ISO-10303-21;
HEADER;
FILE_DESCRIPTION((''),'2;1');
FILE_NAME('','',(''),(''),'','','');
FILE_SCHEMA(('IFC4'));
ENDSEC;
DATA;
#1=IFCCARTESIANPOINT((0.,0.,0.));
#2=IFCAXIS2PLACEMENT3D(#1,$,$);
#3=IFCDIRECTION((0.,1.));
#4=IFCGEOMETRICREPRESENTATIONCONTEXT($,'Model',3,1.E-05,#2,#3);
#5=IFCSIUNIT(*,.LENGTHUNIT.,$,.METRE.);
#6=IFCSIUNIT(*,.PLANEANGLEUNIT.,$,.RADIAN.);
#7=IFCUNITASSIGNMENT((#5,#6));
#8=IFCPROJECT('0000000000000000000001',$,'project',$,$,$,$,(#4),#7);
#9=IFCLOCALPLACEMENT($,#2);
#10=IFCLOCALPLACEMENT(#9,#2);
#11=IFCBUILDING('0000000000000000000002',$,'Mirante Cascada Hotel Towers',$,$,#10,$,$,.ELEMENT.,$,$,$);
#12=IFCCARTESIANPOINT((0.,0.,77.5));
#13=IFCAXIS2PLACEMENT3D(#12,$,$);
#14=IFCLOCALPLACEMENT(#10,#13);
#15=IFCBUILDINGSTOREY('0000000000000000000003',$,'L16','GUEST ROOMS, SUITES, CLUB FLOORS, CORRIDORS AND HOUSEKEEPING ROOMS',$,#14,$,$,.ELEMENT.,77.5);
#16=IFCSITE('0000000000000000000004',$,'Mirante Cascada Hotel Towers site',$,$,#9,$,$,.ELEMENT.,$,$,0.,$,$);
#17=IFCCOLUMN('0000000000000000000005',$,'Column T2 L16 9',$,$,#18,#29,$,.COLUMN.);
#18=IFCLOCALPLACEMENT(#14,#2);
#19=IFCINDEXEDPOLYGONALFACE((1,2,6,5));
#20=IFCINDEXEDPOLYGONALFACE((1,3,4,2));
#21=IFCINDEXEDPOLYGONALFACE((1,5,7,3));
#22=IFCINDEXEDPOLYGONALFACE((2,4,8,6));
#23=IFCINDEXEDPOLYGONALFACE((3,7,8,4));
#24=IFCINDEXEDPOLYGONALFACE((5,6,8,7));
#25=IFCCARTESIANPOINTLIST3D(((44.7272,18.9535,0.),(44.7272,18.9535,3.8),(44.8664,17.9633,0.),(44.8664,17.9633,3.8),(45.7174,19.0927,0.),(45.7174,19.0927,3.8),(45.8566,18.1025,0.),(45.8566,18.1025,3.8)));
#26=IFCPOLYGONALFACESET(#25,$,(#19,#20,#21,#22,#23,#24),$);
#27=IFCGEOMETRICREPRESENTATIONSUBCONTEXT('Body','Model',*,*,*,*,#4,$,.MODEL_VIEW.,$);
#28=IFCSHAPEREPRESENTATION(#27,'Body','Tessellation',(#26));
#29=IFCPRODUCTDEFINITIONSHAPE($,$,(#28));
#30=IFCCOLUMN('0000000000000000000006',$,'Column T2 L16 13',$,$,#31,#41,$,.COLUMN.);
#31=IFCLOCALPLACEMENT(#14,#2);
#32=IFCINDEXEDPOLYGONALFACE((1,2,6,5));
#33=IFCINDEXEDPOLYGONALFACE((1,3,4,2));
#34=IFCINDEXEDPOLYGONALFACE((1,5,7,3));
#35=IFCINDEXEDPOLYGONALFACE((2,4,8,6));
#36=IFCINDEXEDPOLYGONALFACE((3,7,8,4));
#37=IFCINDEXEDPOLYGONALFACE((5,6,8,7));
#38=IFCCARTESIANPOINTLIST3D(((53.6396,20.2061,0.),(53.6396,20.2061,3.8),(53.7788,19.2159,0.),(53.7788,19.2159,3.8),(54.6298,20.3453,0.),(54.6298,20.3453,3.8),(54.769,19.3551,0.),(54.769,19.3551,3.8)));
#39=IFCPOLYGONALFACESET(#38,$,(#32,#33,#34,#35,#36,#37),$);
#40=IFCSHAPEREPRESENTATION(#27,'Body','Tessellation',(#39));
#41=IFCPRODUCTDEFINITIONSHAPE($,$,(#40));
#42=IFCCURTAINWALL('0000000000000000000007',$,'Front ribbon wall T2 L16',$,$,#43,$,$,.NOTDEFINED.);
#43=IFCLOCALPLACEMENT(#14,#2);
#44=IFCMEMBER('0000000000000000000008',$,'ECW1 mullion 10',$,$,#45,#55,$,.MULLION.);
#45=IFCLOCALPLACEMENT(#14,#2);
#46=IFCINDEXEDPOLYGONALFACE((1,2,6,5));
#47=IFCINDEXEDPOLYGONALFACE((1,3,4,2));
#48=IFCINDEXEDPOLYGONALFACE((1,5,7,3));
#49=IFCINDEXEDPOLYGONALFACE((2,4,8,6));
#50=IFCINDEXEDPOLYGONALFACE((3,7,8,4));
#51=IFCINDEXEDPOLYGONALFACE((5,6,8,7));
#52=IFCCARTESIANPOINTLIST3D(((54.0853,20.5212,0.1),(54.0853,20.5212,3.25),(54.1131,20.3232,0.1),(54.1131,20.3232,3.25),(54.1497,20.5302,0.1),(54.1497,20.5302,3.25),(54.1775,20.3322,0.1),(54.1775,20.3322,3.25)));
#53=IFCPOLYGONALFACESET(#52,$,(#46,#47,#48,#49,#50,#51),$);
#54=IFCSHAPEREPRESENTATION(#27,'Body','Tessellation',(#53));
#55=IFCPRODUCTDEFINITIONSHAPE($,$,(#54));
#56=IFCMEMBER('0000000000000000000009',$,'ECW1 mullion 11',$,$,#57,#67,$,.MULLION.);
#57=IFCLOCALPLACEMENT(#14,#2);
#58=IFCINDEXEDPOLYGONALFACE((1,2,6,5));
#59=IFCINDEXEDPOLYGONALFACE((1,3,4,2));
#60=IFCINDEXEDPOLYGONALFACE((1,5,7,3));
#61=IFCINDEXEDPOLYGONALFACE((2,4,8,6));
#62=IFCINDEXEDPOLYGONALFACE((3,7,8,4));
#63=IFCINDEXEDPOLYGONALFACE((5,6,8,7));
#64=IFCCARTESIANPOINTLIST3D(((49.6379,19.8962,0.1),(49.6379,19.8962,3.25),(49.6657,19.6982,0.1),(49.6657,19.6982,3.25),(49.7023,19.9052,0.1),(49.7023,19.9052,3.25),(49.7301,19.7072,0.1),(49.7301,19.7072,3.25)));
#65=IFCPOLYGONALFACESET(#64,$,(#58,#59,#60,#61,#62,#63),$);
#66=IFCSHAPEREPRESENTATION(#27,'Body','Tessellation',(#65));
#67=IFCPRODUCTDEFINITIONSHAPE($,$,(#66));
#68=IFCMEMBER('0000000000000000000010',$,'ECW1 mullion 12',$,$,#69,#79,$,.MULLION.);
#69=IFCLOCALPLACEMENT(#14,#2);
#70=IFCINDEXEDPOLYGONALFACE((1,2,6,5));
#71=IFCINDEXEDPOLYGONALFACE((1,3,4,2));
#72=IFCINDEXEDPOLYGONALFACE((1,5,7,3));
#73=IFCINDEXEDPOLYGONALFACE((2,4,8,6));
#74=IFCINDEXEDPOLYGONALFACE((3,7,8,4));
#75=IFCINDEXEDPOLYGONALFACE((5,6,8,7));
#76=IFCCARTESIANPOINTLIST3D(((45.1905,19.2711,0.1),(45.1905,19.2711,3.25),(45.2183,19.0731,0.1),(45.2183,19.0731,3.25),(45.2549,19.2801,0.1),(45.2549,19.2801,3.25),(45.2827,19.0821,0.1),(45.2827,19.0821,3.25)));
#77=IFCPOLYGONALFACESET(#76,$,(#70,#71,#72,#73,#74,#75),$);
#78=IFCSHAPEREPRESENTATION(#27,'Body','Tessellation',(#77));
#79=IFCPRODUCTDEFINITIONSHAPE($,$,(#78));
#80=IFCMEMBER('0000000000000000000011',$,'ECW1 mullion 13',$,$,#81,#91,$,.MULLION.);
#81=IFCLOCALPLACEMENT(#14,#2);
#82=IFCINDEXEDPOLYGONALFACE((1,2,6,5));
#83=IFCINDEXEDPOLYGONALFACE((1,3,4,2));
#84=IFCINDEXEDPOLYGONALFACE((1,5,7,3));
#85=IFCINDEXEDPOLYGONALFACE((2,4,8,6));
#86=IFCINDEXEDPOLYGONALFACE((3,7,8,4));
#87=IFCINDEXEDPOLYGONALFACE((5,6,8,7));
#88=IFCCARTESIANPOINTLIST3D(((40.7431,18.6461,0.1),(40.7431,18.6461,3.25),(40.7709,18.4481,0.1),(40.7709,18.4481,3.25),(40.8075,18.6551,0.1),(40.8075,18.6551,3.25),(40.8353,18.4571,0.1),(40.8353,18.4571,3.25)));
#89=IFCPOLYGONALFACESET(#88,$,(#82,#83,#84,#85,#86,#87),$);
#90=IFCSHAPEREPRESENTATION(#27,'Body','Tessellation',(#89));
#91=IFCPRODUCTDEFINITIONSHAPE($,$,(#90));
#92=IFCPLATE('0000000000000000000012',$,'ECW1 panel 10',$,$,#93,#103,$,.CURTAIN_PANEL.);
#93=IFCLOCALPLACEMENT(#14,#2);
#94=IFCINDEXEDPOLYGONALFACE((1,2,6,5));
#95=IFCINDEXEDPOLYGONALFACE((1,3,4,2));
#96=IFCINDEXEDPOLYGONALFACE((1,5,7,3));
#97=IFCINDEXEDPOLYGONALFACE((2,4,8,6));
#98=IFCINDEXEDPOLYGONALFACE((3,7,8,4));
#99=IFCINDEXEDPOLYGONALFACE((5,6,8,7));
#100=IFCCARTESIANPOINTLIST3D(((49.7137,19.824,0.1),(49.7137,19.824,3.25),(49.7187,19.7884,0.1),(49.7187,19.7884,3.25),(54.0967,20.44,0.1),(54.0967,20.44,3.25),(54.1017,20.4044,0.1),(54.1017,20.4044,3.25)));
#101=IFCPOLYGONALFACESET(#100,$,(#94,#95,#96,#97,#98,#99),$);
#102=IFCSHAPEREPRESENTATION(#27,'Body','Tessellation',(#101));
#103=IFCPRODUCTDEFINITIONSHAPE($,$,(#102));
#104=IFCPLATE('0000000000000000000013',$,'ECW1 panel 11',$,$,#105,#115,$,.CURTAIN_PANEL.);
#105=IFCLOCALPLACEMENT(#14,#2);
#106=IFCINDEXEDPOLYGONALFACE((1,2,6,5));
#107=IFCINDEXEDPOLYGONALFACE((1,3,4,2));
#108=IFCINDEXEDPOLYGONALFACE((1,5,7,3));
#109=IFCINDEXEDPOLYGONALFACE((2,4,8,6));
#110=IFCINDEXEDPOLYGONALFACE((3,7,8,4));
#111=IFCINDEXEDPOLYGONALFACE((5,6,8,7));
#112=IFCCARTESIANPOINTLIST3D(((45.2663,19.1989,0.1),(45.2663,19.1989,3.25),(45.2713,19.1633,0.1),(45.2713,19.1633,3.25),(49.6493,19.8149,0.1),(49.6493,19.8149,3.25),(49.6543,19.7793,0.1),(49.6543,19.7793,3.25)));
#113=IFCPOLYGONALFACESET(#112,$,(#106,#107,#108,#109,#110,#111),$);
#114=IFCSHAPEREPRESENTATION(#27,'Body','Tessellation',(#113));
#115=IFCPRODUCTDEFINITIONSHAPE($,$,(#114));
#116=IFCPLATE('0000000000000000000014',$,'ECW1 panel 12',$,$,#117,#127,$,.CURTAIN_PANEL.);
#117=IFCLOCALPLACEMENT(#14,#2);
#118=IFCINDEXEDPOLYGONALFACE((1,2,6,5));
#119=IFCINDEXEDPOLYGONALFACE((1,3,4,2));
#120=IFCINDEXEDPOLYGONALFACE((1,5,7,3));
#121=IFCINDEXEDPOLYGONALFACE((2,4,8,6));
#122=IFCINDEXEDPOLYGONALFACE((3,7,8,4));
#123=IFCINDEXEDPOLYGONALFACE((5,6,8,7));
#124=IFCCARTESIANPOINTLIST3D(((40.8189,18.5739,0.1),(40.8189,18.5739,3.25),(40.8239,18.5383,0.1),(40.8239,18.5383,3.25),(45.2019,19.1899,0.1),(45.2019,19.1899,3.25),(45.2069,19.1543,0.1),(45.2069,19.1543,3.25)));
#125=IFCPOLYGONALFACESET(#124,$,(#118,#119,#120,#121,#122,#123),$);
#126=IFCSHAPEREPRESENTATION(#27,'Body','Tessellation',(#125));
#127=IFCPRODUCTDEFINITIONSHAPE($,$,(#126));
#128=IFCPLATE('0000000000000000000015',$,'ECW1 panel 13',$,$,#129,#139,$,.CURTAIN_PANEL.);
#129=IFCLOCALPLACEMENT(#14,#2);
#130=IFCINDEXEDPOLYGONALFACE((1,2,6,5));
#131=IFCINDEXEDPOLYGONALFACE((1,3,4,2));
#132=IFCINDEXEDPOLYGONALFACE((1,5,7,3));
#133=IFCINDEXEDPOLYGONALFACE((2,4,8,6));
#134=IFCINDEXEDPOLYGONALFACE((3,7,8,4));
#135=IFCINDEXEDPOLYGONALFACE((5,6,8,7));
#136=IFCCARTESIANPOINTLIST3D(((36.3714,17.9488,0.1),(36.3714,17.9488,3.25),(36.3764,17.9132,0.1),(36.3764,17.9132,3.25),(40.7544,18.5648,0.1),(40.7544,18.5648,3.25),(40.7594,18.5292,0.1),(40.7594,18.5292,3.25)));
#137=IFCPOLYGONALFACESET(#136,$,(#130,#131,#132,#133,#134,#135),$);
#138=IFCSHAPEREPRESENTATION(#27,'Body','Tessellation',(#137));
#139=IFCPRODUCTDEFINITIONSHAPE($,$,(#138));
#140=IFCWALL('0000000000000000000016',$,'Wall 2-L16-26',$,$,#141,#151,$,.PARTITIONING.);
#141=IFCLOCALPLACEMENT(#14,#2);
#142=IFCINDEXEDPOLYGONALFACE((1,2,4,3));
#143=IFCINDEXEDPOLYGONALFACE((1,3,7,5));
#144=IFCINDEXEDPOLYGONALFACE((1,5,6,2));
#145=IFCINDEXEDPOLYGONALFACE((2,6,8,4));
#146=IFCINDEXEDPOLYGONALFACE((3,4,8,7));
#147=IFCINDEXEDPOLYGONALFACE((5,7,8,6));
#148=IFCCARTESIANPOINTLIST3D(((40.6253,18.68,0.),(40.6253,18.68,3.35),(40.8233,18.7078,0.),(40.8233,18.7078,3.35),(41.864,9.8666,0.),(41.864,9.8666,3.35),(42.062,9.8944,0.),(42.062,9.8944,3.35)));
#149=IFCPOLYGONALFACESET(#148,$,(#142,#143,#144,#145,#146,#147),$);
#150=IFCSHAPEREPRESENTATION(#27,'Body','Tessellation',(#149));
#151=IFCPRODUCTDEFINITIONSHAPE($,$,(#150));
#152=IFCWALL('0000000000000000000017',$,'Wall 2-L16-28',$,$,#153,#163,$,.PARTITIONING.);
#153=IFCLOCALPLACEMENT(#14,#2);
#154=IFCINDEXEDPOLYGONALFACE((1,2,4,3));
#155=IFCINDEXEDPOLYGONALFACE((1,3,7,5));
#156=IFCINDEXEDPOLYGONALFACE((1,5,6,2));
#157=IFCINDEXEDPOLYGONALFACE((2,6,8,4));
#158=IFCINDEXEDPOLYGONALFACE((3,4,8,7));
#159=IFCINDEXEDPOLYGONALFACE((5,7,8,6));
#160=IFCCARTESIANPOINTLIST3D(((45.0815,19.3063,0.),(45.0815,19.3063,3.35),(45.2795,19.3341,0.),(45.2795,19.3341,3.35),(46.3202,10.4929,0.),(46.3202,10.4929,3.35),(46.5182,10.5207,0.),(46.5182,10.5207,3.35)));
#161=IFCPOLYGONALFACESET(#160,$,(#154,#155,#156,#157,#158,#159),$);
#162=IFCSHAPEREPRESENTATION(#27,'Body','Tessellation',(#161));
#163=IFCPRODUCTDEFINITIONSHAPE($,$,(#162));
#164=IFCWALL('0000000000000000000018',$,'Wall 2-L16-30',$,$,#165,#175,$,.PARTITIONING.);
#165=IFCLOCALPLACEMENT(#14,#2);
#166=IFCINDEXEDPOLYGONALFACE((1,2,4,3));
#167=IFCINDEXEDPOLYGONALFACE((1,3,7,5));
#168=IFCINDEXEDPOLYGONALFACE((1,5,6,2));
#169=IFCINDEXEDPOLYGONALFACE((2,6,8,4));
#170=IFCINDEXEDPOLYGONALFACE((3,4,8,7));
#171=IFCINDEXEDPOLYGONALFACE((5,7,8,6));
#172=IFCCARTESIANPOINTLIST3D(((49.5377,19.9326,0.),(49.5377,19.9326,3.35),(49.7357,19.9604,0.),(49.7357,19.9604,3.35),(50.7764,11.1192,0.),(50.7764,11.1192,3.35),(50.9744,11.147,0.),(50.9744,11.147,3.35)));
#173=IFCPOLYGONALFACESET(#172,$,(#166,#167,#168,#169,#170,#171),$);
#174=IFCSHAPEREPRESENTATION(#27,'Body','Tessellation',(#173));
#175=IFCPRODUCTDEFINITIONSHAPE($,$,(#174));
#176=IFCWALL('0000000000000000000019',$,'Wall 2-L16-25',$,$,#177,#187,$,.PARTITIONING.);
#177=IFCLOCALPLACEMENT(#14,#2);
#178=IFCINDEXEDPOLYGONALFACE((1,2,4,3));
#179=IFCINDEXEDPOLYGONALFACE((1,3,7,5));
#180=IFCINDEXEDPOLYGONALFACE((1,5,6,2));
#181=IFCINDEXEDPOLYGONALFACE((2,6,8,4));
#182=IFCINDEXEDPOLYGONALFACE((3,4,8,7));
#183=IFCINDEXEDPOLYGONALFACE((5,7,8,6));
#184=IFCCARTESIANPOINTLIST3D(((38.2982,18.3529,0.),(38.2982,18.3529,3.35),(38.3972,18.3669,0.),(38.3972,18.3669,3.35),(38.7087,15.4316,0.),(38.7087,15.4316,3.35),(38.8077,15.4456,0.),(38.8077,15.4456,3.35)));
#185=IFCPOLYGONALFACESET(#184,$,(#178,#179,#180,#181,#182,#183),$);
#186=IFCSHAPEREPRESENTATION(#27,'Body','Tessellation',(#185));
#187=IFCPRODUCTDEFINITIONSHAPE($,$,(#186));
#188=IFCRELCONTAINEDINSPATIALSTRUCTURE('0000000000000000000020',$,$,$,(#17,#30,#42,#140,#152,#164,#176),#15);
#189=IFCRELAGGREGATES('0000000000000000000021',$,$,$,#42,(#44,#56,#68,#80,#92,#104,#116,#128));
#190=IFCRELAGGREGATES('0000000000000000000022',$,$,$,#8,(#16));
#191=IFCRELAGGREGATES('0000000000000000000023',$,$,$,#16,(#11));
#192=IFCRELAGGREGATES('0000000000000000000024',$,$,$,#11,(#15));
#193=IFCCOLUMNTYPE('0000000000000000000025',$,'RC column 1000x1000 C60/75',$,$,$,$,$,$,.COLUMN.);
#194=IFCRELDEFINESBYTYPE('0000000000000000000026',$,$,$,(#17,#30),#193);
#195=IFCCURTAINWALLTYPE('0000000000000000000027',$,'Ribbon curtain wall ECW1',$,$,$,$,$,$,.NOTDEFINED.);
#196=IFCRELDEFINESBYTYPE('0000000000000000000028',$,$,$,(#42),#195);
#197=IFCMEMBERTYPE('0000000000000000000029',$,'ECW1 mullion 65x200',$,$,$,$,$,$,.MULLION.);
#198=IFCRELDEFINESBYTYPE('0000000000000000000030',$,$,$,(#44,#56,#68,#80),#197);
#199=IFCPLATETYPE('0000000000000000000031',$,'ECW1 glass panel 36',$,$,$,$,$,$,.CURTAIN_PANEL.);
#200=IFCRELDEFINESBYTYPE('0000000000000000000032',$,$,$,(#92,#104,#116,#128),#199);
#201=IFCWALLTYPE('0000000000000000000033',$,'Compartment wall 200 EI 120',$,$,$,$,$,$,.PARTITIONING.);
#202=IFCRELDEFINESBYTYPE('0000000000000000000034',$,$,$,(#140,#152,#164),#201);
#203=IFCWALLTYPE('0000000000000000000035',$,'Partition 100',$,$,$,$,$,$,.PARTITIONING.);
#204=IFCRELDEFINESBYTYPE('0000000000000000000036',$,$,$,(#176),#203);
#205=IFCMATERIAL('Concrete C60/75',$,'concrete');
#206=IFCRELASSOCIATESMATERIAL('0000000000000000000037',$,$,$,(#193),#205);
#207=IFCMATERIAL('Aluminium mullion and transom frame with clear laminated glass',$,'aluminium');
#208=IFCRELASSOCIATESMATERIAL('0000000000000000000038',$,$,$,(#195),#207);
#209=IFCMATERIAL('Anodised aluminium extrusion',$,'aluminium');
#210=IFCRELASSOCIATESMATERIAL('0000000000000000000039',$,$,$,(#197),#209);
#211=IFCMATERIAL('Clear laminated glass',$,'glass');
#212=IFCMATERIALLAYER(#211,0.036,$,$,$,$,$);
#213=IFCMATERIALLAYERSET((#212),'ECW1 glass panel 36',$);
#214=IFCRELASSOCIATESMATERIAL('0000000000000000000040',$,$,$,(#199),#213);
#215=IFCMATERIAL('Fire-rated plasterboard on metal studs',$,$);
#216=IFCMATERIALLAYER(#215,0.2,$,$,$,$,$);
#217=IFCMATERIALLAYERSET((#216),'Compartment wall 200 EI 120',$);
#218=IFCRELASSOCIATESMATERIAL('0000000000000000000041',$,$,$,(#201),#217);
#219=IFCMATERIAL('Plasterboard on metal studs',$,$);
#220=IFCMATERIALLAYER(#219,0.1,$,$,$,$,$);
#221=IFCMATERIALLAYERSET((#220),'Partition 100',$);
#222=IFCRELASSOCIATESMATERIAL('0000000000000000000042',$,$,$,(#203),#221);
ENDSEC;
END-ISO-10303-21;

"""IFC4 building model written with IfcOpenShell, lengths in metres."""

from ifc_helpers import new_model, si_unit, direction, frame, frame_2d, origin, origin_2d, place, context, subcontext, project, spatial, rectangle, extrude, material, layer, layer_set, material_profile, profile_set, type_object, element, aggregate, save


model = new_model("IFC4")

# Units and contexts
model_context = context("Model", 3, precision=1e-05, world=origin(), true_north=direction((0.0, 1.0)))
body_context = subcontext(model_context, "Body", "Model", "MODEL_VIEW")
ifc_project = project(units=[si_unit("LENGTHUNIT", "METRE"), si_unit("PLANEANGLEUNIT", "RADIAN")], contexts=[model_context])

# Site, building, storey
site_placement = place(None, origin())
site = spatial("IfcSite", under=ifc_project, at=site_placement, Name="Mirante Cascada Hotel Towers site", CompositionType="ELEMENT", RefElevation=0.0)
building_placement = place(site_placement, origin())
building = spatial("IfcBuilding", under=site, at=building_placement, Name="Mirante Cascada Hotel Towers", CompositionType="ELEMENT")
storey_placement = place(building_placement, frame((0.0, 0.0, 77.5)))
storey = spatial("IfcBuildingStorey", under=building, at=storey_placement, Name="L16", Description="GUEST ROOMS, SUITES, CLUB FLOORS, CORRIDORS AND HOUSEKEEPING ROOMS", CompositionType="ELEMENT", Elevation=77.5)

# Columns
ifc_material_1 = material(Name="Concrete C60/75", Category="concrete")
ifc_material_profile_1 = material_profile(ifc_material_1, rectangle(XDim=1.0, YDim=1.0, at=origin_2d()), Name="RC column 1000x1000 C60/75")
ifc_profile_set_1 = profile_set([ifc_material_profile_1], Name="Concrete C60/75")
column_type = type_object("IfcColumnType", Name="RC column 1000x1000 C60/75", PredefinedType="COLUMN", material=ifc_profile_set_1)
for number, where, z_axis, x_axis, name in (
    (1, (45.2919, 18.528, 0.0), (0.0, 0.0, 1.0), (0.990268, 0.139173, 0.0), "Column T2 L16 9"),
    (2, (54.2043, 19.7806, 0.0), (0.0, 0.0, 1.0), (0.990268, 0.139173, 0.0), "Column T2 L16 13"),
):
    element("IfcColumn", number, at=place(storey_placement, frame(where, z_axis=z_axis, x_axis=x_axis)), inside=storey, type_object=column_type, Name=name, PredefinedType="COLUMN", context=body_context, shape_type="SweptSolid", body=[
        extrude(rectangle(XDim=1.0, YDim=1.0, at=origin_2d()), origin(), (0.0, 0.0, 1.0), 3.8),
    ])

# Curtain wall, members, plates
ifc_material_2 = material(Name="Aluminium mullion and transom frame with clear laminated glass", Category="aluminium")
curtain_wall_type = type_object("IfcCurtainWallType", Name="Ribbon curtain wall ECW1", PredefinedType="NOTDEFINED", material=ifc_material_2)
curtain_wall_placement = place(storey_placement, origin())
curtain_wall = element("IfcCurtainWall", 3, at=curtain_wall_placement, inside=storey, type_object=curtain_wall_type, Name="Front ribbon wall T2 L16", PredefinedType="NOTDEFINED")
ifc_material_3 = material(Name="Anodised aluminium extrusion", Category="aluminium")
ifc_material_profile_2 = material_profile(ifc_material_3, rectangle(XDim=0.2, YDim=0.065, at=origin_2d()), Name="ECW1 MULLION 65x200")
ifc_profile_set_2 = profile_set([ifc_material_profile_2], Name="Anodised aluminium extrusion")
member_type = type_object("IfcMemberType", Name="ECW1 mullion 65x200", PredefinedType="MULLION", material=ifc_profile_set_2)
member_1_placement = place(storey_placement, frame((54.1314, 20.4267, 0.1), z_axis=(0.0, 0.0, 1.0), x_axis=(0.139173, -0.990268, 0.0)))
member_1 = element("IfcMember", 4, at=member_1_placement, type_object=member_type, Name="ECW1 mullion 10", PredefinedType="MULLION", context=body_context, shape_type="SweptSolid", body=[
    extrude(rectangle(XDim=0.2, YDim=0.065, at=origin_2d()), origin(), (0.0, 0.0, 1.0), 3.15),
])
member_2_placement = place(storey_placement, frame((49.684, 19.8017, 0.1), z_axis=(0.0, 0.0, 1.0), x_axis=(0.139173, -0.990268, 0.0)))
member_2 = element("IfcMember", 5, at=member_2_placement, type_object=member_type, Name="ECW1 mullion 11", PredefinedType="MULLION", context=body_context, shape_type="SweptSolid", body=[
    extrude(rectangle(XDim=0.2, YDim=0.065, at=origin_2d()), origin(), (0.0, 0.0, 1.0), 3.15),
])
member_3_placement = place(storey_placement, frame((45.2366, 19.1766, 0.1), z_axis=(0.0, 0.0, 1.0), x_axis=(0.139173, -0.990268, 0.0)))
member_3 = element("IfcMember", 6, at=member_3_placement, type_object=member_type, Name="ECW1 mullion 12", PredefinedType="MULLION", context=body_context, shape_type="SweptSolid", body=[
    extrude(rectangle(XDim=0.2, YDim=0.065, at=origin_2d()), origin(), (0.0, 0.0, 1.0), 3.15),
])
member_4_placement = place(storey_placement, frame((40.7892, 18.5516, 0.1), z_axis=(0.0, 0.0, 1.0), x_axis=(0.139173, -0.990268, 0.0)))
member_4 = element("IfcMember", 7, at=member_4_placement, type_object=member_type, Name="ECW1 mullion 13", PredefinedType="MULLION", context=body_context, shape_type="SweptSolid", body=[
    extrude(rectangle(XDim=0.2, YDim=0.065, at=origin_2d()), origin(), (0.0, 0.0, 1.0), 3.15),
])
ifc_material_4 = material(Name="Clear laminated glass", Category="glass")
ifc_layer_1 = layer(ifc_material_4, 0.036)
ifc_layer_set_1 = layer_set([ifc_layer_1], Name="ECW1 glass panel 36")
plate_type = type_object("IfcPlateType", Name="ECW1 glass panel 36", PredefinedType="CURTAIN_PANEL", material=ifc_layer_set_1)
plate_1_placement = place(storey_placement, frame((51.9077, 20.1142, 0.1), z_axis=(0.0, 0.0, 1.0), x_axis=(-0.990268, -0.139173, 0.0)))
plate_1 = element("IfcPlate", 8, at=plate_1_placement, type_object=plate_type, Name="ECW1 panel 10", PredefinedType="CURTAIN_PANEL", context=body_context, shape_type="SweptSolid", body=[
    extrude(rectangle(XDim=4.4261, YDim=0.036, at=origin_2d()), origin(), (0.0, 0.0, 1.0), 3.15),
])
plate_2_placement = place(storey_placement, frame((47.4603, 19.4891, 0.1), z_axis=(0.0, 0.0, 1.0), x_axis=(-0.990268, -0.139173, 0.0)))
plate_2 = element("IfcPlate", 9, at=plate_2_placement, type_object=plate_type, Name="ECW1 panel 11", PredefinedType="CURTAIN_PANEL", context=body_context, shape_type="SweptSolid", body=[
    extrude(rectangle(XDim=4.4261, YDim=0.036, at=origin_2d()), origin(), (0.0, 0.0, 1.0), 3.15),
])
plate_3_placement = place(storey_placement, frame((43.0129, 18.8641, 0.1), z_axis=(0.0, 0.0, 1.0), x_axis=(-0.990268, -0.139173, 0.0)))
plate_3 = element("IfcPlate", 10, at=plate_3_placement, type_object=plate_type, Name="ECW1 panel 12", PredefinedType="CURTAIN_PANEL", context=body_context, shape_type="SweptSolid", body=[
    extrude(rectangle(XDim=4.4261, YDim=0.036, at=origin_2d()), origin(), (0.0, 0.0, 1.0), 3.15),
])
plate_4_placement = place(storey_placement, frame((38.5654, 18.239, 0.1), z_axis=(0.0, 0.0, 1.0), x_axis=(-0.990268, -0.139173, 0.0)))
plate_4 = element("IfcPlate", 11, at=plate_4_placement, type_object=plate_type, Name="ECW1 panel 13", PredefinedType="CURTAIN_PANEL", context=body_context, shape_type="SweptSolid", body=[
    extrude(rectangle(XDim=4.4261, YDim=0.036, at=origin_2d()), origin(), (0.0, 0.0, 1.0), 3.15),
])
aggregate(curtain_wall, [member_1, member_2, member_3, member_4, plate_1, plate_2, plate_3, plate_4])

# Walls
ifc_material_5 = material(Name="Fire-rated plasterboard on metal studs")
ifc_layer_2 = layer(ifc_material_5, 0.2)
ifc_layer_set_2 = layer_set([ifc_layer_2], Name="Compartment wall 200 EI 120")
wall_type_1 = type_object("IfcWallType", Name="Compartment wall 200 EI 120", PredefinedType="PARTITIONING", material=ifc_layer_set_2)
for number, where, z_axis, x_axis, name in (
    (12, (40.7243, 18.6939, 0.0), (0.0, 0.0, 1.0), (0.139179, -0.990267, 0.0), "Wall 2-L16-26"),
    (13, (45.1805, 19.3202, 0.0), (0.0, 0.0, 1.0), (0.139179, -0.990267, 0.0), "Wall 2-L16-28"),
    (14, (49.6367, 19.9465, 0.0), (0.0, 0.0, 1.0), (0.139179, -0.990267, 0.0), "Wall 2-L16-30"),
):
    element("IfcWall", number, at=place(storey_placement, frame(where, z_axis=z_axis, x_axis=x_axis)), inside=storey, type_object=wall_type_1, Name=name, PredefinedType="PARTITIONING", context=body_context, shape_type="SweptSolid", body=[
        extrude(rectangle(XDim=8.9, YDim=0.2, at=frame_2d((4.45, 0.0))), origin(), (0.0, 0.0, 1.0), 3.35),
    ])
ifc_material_6 = material(Name="Plasterboard on metal studs")
ifc_layer_3 = layer(ifc_material_6, 0.1)
ifc_layer_set_3 = layer_set([ifc_layer_3], Name="Partition 100")
wall_type_2 = type_object("IfcWallType", Name="Partition 100", PredefinedType="PARTITIONING", material=ifc_layer_set_3)
wall_placement = place(storey_placement, frame((38.7582, 15.4386, 0.0), z_axis=(0.0, 0.0, 1.0), x_axis=(-0.139153, 0.990271, 0.0)))
element("IfcWall", 15, at=wall_placement, inside=storey, type_object=wall_type_2, Name="Wall 2-L16-25", PredefinedType="PARTITIONING", context=body_context, shape_type="SweptSolid", body=[
    extrude(rectangle(XDim=2.95, YDim=0.1, at=frame_2d((1.475, 0.0))), origin(), (0.0, 0.0, 1.0), 3.35),
])

save(model, "model.ifc")
